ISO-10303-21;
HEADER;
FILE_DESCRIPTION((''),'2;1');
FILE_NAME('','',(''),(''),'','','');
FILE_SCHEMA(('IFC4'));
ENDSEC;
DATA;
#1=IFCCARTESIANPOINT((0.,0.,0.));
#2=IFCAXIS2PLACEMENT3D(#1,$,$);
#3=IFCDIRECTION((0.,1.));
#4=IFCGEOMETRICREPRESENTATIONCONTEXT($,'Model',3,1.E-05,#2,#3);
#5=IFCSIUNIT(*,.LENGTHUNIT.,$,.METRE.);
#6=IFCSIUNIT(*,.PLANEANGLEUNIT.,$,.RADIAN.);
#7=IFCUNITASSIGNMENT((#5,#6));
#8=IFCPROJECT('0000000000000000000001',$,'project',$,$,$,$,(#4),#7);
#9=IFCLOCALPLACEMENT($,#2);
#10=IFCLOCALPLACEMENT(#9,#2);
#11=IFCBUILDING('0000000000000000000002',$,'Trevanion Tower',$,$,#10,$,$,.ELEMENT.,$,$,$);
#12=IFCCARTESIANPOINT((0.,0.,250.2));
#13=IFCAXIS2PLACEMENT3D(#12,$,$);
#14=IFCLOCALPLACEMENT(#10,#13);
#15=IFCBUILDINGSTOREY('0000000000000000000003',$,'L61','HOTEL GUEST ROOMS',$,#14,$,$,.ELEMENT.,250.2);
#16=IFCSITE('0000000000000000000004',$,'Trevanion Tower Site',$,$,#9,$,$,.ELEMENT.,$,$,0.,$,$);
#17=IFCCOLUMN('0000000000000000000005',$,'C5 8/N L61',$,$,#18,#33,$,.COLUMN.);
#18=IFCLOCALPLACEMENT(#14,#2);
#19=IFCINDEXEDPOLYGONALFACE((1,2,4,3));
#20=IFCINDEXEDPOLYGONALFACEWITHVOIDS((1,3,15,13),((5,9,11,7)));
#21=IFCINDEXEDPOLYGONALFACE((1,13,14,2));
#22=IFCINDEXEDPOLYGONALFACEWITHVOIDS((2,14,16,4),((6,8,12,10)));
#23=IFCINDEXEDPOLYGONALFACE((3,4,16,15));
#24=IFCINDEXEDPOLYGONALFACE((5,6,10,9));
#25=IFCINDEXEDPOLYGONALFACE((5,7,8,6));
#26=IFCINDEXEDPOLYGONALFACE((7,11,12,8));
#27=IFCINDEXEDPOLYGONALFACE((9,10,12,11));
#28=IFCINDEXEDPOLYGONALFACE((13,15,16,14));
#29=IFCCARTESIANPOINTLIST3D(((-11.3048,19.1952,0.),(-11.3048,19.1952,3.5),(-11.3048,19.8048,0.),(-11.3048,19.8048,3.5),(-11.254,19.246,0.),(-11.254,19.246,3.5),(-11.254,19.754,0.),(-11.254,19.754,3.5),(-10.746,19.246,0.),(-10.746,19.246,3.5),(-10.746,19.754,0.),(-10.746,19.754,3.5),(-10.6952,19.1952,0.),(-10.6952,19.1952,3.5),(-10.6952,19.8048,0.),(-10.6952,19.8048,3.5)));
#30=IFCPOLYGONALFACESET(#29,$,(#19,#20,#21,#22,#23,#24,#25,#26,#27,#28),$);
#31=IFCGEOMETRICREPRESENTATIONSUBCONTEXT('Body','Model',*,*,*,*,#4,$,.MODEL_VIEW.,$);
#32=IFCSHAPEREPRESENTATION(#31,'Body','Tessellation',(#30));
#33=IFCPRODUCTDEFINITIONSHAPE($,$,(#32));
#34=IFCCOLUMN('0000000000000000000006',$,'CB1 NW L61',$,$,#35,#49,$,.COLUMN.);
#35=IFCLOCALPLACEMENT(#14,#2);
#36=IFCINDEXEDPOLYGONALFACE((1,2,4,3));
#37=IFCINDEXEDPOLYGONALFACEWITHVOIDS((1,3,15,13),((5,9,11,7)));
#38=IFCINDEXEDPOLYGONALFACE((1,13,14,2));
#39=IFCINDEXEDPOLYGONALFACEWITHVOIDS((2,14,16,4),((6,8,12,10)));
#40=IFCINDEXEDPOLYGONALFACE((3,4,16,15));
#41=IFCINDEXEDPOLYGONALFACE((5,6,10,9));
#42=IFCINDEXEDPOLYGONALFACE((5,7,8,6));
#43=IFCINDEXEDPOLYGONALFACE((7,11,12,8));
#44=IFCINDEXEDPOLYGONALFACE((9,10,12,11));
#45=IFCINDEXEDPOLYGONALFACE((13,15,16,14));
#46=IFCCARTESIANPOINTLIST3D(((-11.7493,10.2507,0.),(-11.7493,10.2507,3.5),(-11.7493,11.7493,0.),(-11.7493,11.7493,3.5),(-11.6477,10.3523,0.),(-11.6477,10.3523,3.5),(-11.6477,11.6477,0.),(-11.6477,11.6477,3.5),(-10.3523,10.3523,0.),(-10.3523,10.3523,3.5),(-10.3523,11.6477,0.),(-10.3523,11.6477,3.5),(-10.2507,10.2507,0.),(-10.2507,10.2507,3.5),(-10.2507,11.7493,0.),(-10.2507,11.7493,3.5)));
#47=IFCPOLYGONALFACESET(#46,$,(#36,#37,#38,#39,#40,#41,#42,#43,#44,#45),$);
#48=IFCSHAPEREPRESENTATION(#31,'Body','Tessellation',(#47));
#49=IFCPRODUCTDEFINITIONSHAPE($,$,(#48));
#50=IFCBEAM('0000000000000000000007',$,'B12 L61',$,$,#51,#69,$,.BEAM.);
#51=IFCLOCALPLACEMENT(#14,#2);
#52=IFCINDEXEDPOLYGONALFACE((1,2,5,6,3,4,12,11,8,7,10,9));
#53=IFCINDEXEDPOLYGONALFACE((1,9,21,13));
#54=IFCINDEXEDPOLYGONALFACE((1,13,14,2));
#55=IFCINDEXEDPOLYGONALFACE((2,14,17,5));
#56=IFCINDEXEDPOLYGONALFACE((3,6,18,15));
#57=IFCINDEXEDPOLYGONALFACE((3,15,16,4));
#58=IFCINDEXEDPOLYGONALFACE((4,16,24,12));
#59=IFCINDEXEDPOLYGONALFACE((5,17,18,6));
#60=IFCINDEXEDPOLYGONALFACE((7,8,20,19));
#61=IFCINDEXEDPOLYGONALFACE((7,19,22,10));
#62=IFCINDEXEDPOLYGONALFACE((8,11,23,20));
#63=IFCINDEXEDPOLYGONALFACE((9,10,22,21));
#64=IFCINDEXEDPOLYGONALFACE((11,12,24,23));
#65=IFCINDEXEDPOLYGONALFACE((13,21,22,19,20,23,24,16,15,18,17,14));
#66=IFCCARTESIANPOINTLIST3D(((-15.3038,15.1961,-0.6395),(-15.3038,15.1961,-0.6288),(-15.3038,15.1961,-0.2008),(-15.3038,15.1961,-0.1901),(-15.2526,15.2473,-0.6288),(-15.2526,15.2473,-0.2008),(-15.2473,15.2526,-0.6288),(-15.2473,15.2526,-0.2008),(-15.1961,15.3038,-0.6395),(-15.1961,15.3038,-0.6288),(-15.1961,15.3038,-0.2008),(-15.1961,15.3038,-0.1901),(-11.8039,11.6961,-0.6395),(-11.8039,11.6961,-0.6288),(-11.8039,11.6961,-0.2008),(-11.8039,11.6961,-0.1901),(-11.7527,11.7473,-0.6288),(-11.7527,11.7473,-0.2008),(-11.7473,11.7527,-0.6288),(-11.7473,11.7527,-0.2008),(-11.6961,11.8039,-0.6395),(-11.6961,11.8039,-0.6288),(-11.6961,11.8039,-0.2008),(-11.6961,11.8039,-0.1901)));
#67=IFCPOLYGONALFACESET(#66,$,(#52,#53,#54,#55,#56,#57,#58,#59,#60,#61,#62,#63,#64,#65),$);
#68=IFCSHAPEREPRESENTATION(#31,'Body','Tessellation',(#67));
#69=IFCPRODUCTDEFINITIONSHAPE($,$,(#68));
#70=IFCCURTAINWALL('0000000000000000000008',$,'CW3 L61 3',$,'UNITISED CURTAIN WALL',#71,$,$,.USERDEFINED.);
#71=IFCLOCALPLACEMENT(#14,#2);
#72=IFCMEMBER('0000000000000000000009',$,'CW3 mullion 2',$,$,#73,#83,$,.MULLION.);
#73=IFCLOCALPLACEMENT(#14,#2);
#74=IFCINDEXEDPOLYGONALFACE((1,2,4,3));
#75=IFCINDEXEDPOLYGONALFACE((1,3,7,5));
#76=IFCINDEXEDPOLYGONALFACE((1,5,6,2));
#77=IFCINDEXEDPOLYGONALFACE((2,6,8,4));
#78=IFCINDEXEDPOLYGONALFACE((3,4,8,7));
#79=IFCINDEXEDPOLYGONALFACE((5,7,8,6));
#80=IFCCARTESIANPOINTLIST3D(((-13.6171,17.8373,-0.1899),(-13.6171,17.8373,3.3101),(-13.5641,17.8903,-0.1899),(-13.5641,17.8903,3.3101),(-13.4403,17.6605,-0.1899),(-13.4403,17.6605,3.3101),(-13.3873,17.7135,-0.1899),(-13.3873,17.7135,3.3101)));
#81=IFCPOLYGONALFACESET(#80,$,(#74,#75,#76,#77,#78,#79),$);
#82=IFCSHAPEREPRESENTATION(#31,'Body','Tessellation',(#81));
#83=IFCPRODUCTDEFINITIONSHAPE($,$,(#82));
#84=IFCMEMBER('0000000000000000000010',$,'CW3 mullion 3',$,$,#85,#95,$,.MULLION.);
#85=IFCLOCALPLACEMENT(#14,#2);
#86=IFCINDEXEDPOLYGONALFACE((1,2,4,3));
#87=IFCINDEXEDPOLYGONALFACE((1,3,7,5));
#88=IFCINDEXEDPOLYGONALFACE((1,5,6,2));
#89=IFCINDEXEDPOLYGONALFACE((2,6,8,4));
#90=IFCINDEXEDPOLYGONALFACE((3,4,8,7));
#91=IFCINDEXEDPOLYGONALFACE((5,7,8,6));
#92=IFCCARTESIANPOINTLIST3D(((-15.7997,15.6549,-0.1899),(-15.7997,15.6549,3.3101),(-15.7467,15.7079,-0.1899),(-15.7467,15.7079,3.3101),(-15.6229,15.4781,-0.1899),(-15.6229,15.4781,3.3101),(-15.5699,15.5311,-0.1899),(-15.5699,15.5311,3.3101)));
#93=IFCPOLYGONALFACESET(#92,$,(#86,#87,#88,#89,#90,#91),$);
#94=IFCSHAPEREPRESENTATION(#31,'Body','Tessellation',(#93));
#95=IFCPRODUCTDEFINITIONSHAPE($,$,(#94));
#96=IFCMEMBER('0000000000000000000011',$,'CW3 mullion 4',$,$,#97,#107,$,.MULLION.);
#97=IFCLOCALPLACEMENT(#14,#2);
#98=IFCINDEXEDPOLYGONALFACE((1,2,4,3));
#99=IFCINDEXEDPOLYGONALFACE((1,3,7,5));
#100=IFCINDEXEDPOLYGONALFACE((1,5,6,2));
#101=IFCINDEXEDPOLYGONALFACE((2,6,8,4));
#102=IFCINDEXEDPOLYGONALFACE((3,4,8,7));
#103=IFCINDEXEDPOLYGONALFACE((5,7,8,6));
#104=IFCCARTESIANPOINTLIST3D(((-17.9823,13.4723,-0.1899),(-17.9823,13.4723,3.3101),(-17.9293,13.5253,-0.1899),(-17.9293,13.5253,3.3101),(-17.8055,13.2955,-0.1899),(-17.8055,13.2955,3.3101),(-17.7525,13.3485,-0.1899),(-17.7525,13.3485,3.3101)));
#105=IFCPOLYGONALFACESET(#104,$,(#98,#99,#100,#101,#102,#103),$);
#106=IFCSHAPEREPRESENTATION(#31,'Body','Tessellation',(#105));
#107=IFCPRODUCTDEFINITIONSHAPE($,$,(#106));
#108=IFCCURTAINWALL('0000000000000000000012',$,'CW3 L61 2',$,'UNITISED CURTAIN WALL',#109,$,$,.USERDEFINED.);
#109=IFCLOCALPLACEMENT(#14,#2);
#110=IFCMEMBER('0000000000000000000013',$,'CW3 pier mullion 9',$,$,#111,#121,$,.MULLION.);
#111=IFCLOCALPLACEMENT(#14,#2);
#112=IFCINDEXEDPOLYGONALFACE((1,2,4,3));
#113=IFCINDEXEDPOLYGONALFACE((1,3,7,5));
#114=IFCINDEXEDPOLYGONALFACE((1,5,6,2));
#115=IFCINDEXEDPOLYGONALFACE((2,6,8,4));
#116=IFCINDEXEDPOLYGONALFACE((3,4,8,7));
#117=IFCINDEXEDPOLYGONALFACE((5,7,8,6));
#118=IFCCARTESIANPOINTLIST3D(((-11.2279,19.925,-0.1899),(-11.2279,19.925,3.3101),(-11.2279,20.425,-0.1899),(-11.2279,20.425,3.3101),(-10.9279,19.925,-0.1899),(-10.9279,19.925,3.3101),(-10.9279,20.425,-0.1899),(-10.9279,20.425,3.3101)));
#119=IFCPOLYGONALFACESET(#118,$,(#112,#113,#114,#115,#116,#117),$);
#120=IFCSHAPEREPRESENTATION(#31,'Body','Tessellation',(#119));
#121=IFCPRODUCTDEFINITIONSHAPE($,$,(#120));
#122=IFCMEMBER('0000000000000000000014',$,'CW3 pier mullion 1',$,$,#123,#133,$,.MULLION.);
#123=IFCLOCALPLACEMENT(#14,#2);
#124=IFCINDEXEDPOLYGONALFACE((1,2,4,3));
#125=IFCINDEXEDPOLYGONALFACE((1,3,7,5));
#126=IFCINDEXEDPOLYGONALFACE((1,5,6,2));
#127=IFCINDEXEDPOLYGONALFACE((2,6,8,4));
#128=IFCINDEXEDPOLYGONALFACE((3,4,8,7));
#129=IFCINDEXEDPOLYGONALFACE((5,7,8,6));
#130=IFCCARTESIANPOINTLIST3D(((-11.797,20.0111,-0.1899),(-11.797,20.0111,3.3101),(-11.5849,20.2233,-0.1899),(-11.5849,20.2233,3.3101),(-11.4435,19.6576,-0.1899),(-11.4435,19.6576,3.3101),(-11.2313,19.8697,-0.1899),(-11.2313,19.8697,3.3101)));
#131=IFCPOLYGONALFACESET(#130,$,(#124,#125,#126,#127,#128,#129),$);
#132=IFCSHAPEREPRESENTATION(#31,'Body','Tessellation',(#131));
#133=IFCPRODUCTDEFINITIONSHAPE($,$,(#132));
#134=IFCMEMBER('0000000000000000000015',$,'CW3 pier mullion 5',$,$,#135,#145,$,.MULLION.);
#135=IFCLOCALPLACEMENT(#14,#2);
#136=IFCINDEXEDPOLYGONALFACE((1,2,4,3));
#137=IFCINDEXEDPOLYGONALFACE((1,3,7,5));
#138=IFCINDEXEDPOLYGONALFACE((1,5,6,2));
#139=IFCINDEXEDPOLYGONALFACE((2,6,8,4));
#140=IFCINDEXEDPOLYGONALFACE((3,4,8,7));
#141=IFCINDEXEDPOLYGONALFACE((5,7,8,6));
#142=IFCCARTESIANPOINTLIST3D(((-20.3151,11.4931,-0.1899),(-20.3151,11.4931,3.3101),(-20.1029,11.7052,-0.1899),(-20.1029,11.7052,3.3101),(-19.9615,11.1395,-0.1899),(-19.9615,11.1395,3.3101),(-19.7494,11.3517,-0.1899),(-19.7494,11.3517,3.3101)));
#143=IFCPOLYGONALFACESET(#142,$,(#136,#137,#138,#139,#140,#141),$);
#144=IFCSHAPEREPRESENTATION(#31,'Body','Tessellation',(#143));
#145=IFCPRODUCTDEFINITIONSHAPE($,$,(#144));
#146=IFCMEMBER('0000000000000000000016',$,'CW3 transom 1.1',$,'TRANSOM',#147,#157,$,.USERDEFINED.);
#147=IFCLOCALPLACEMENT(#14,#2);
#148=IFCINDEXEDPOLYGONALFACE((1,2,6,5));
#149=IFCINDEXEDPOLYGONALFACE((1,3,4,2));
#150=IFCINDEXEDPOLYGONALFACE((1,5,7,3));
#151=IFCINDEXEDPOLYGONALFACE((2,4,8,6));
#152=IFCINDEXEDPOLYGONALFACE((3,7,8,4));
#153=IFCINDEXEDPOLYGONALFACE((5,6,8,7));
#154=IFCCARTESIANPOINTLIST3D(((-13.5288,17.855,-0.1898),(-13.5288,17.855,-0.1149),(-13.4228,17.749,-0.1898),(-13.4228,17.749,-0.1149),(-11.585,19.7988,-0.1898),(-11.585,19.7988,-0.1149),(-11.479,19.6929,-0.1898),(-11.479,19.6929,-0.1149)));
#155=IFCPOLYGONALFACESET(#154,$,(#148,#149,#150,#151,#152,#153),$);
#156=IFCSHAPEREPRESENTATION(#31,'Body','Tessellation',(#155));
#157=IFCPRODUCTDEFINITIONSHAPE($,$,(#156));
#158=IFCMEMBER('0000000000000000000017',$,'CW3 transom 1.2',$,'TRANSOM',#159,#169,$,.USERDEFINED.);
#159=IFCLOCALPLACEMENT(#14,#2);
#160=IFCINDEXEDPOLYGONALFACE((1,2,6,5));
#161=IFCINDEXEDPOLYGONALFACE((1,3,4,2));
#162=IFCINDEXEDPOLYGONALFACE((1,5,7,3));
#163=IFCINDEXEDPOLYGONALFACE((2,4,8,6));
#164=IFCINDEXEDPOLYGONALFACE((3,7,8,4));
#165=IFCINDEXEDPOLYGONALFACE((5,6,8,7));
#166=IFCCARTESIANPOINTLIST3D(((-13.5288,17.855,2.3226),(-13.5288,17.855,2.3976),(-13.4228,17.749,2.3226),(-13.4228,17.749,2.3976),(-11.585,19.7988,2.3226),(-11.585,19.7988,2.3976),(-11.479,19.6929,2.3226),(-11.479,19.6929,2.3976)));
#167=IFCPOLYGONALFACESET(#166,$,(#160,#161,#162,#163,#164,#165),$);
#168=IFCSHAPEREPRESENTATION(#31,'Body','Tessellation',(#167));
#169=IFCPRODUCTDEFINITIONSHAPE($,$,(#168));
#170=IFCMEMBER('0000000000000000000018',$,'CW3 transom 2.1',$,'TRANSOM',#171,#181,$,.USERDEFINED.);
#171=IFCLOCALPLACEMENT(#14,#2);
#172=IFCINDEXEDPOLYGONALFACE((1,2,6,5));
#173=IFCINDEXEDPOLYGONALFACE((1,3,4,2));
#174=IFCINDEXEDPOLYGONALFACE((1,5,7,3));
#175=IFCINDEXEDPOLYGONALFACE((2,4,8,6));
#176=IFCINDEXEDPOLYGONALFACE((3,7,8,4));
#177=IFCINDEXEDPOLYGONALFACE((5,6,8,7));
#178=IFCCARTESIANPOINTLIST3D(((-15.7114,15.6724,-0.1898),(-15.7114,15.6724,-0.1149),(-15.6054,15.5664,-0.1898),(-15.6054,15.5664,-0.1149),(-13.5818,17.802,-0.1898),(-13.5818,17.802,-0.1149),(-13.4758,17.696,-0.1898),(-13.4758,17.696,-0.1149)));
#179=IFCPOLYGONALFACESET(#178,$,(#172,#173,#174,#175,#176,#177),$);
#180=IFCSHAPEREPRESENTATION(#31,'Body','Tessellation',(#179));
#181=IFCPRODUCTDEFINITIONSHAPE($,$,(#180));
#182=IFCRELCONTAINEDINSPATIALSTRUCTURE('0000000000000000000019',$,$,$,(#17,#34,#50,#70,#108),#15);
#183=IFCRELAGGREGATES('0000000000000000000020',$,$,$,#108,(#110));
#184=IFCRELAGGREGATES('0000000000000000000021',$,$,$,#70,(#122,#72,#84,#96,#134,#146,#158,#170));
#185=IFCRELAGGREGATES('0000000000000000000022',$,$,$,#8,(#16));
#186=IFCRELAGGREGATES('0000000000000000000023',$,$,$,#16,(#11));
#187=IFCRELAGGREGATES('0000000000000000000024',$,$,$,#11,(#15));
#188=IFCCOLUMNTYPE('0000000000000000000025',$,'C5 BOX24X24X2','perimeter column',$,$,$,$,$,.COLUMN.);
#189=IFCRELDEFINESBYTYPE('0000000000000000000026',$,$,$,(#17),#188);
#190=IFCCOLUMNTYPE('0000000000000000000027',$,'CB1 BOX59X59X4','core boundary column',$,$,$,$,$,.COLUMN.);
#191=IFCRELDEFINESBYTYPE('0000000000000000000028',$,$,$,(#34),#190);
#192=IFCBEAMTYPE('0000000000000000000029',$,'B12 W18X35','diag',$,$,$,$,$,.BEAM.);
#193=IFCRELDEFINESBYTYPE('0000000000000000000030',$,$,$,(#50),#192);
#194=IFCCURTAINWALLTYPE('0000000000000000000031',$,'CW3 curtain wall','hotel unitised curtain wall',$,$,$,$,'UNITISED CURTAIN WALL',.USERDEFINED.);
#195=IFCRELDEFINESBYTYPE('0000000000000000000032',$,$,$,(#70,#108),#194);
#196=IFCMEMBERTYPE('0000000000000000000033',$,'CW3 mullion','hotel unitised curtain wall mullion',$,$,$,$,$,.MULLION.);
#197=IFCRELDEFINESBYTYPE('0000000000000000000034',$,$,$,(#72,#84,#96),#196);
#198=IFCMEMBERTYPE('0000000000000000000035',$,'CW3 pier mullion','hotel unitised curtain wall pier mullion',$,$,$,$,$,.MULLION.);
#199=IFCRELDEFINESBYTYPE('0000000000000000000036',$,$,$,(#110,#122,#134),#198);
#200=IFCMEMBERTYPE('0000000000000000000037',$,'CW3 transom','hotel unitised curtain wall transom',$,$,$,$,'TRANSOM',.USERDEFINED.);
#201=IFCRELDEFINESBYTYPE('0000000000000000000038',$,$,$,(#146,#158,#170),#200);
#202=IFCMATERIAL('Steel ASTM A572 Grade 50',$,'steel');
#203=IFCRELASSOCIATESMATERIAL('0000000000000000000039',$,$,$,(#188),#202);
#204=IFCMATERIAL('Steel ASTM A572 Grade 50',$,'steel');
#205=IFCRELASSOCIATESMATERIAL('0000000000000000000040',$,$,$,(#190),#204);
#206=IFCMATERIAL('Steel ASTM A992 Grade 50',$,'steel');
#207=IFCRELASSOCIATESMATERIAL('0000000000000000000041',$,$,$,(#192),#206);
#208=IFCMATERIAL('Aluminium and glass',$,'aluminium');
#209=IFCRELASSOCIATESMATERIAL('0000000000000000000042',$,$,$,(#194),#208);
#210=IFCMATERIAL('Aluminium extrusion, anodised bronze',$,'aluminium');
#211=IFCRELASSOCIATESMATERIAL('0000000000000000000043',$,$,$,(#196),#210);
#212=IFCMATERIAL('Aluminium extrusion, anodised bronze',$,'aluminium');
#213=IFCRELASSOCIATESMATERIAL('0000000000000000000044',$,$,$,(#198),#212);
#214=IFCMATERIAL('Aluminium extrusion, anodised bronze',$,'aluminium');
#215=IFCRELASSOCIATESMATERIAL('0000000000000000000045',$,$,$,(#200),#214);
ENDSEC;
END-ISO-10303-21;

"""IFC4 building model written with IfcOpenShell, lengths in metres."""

from ifc_helpers import new_model, si_unit, direction, frame, origin, origin_2d, place, context, subcontext, project, spatial, rectangle, hollow_rectangle, i_section, extrude, material, material_profile, profile_set, type_object, element, aggregate, save


model = new_model("IFC4")

# Units and contexts
model_context = context("Model", 3, precision=1e-05, world=origin(), true_north=direction((0.0, 1.0)))
body_context = subcontext(model_context, "Body", "Model", "MODEL_VIEW")
ifc_project = project(units=[si_unit("LENGTHUNIT", "METRE"), si_unit("PLANEANGLEUNIT", "RADIAN")], contexts=[model_context])

# Site, building, storey
site_placement = place(None, origin())
site = spatial("IfcSite", under=ifc_project, at=site_placement, Name="Trevanion Tower Site", CompositionType="ELEMENT", RefElevation=0.0)
building_placement = place(site_placement, origin())
building = spatial("IfcBuilding", under=site, at=building_placement, Name="Trevanion Tower", CompositionType="ELEMENT")
storey_placement = place(building_placement, frame((0.0, 0.0, 250.2)))
storey = spatial("IfcBuildingStorey", under=building, at=storey_placement, Name="L61", Description="HOTEL GUEST ROOMS", CompositionType="ELEMENT", Elevation=250.2)

# Columns
ifc_material_1 = material(Name="Steel ASTM A572 Grade 50", Category="steel")
ifc_material_profile_1 = material_profile(ifc_material_1, hollow_rectangle(XDim=0.6096, YDim=0.6096, WallThickness=0.0508, at=origin_2d()), Name="BOX24X24X2")
ifc_profile_set_1 = profile_set([ifc_material_profile_1], Name="Steel ASTM A572 Grade 50")
column_type_1 = type_object("IfcColumnType", Name="C5 BOX24X24X2", Description="perimeter column", PredefinedType="COLUMN", material=ifc_profile_set_1)
column_1_placement = place(storey_placement, frame((-11.0, 19.5, 0.0), z_axis=(0.0, 0.0, 1.0), x_axis=(1.0, 0.0, 0.0)))
element("IfcColumn", 1, at=column_1_placement, inside=storey, type_object=column_type_1, Name="C5 8/N L61", PredefinedType="COLUMN", context=body_context, shape_type="SweptSolid", body=[
    extrude(hollow_rectangle(XDim=0.6096, YDim=0.6096, WallThickness=0.0508, at=origin_2d()), origin(), (0.0, 0.0, 1.0), 3.5),
])
ifc_material_2 = material(Name="Steel ASTM A572 Grade 50", Category="steel")
ifc_material_profile_2 = material_profile(ifc_material_2, hollow_rectangle(XDim=1.4985, YDim=1.4985, WallThickness=0.1016, at=origin_2d()), Name="BOX59X59X4")
ifc_profile_set_2 = profile_set([ifc_material_profile_2], Name="Steel ASTM A572 Grade 50")
column_type_2 = type_object("IfcColumnType", Name="CB1 BOX59X59X4", Description="core boundary column", PredefinedType="COLUMN", material=ifc_profile_set_2)
column_2_placement = place(storey_placement, frame((-11.0, 11.0, 0.0), z_axis=(0.0, 0.0, 1.0), x_axis=(1.0, 0.0, 0.0)))
element("IfcColumn", 2, at=column_2_placement, inside=storey, type_object=column_type_2, Name="CB1 NW L61", PredefinedType="COLUMN", context=body_context, shape_type="SweptSolid", body=[
    extrude(hollow_rectangle(XDim=1.4985, YDim=1.4985, WallThickness=0.1016, at=origin_2d()), origin(), (0.0, 0.0, 1.0), 3.5),
])

# Beam
ifc_material_3 = material(Name="Steel ASTM A992 Grade 50", Category="steel")
ifc_material_profile_3 = material_profile(ifc_material_3, i_section(OverallWidth=0.1523, OverallDepth=0.4495, WebThickness=0.0076, FlangeThickness=0.0107, at=origin_2d()), Name="W18X35")
ifc_profile_set_3 = profile_set([ifc_material_profile_3], Name="Steel ASTM A992 Grade 50")
beam_type_1 = type_object("IfcBeamType", Name="B12 W18X35", Description="diag", PredefinedType="BEAM", material=ifc_profile_set_3)
beam_1_placement = place(storey_placement, frame((-11.75, 11.75, -0.4148), z_axis=(-0.707107, 0.707107, 0.0), x_axis=(-0.707107, -0.707107, 0.0)))
element("IfcBeam", 3, at=beam_1_placement, inside=storey, type_object=beam_type_1, Name="B12 L61", PredefinedType="BEAM", context=body_context, shape_type="SweptSolid", body=[
    extrude(i_section(OverallWidth=0.1523, OverallDepth=0.4495, WebThickness=0.0076, FlangeThickness=0.0107, at=origin_2d()), origin(), (0.0, 0.0, 1.0), 4.9497),
])

# Curtain wall, members
ifc_material_4 = material(Name="Aluminium and glass", Category="aluminium")
curtain_wall_type = type_object("IfcCurtainWallType", Name="CW3 curtain wall", Description="hotel unitised curtain wall", ElementType="UNITISED CURTAIN WALL", PredefinedType="USERDEFINED", material=ifc_material_4)
curtain_wall_1_placement = place(storey_placement, origin())
curtain_wall_1 = element("IfcCurtainWall", 4, at=curtain_wall_1_placement, inside=storey, type_object=curtain_wall_type, Name="CW3 L61 3", ObjectType="UNITISED CURTAIN WALL", PredefinedType="USERDEFINED")
ifc_material_5 = material(Name="Aluminium extrusion, anodised bronze", Category="aluminium")
ifc_material_profile_4 = material_profile(ifc_material_5, rectangle(XDim=0.075, YDim=0.25, at=origin_2d()), Name="CW3 mullion")
ifc_profile_set_4 = profile_set([ifc_material_profile_4], Name="Aluminium extrusion, anodised bronze")
member_type_1 = type_object("IfcMemberType", Name="CW3 mullion", Description="hotel unitised curtain wall mullion", PredefinedType="MULLION", material=ifc_profile_set_4)
member_1_placement = place(storey_placement, frame((-13.5022, 17.7754, -0.1899), z_axis=(0.0, 0.0, 1.0), x_axis=(-0.707107, -0.707107, 0.0)))
member_1 = element("IfcMember", 5, at=member_1_placement, type_object=member_type_1, Name="CW3 mullion 2", PredefinedType="MULLION", context=body_context, shape_type="SweptSolid", body=[
    extrude(rectangle(XDim=0.075, YDim=0.25, at=origin_2d()), origin(), (0.0, 0.0, 1.0), 3.5),
])
member_2_placement = place(storey_placement, frame((-15.6848, 15.593, -0.1899), z_axis=(0.0, 0.0, 1.0), x_axis=(-0.707107, -0.707107, 0.0)))
member_2 = element("IfcMember", 6, at=member_2_placement, type_object=member_type_1, Name="CW3 mullion 3", PredefinedType="MULLION", context=body_context, shape_type="SweptSolid", body=[
    extrude(rectangle(XDim=0.075, YDim=0.25, at=origin_2d()), origin(), (0.0, 0.0, 1.0), 3.5),
])
member_3_placement = place(storey_placement, frame((-17.8674, 13.4104, -0.1899), z_axis=(0.0, 0.0, 1.0), x_axis=(-0.707107, -0.707107, 0.0)))
member_3 = element("IfcMember", 7, at=member_3_placement, type_object=member_type_1, Name="CW3 mullion 4", PredefinedType="MULLION", context=body_context, shape_type="SweptSolid", body=[
    extrude(rectangle(XDim=0.075, YDim=0.25, at=origin_2d()), origin(), (0.0, 0.0, 1.0), 3.5),
])

# Curtain wall, member
curtain_wall_2_placement = place(storey_placement, origin())
curtain_wall_2 = element("IfcCurtainWall", 8, at=curtain_wall_2_placement, inside=storey, type_object=curtain_wall_type, Name="CW3 L61 2", ObjectType="UNITISED CURTAIN WALL", PredefinedType="USERDEFINED")
ifc_material_6 = material(Name="Aluminium extrusion, anodised bronze", Category="aluminium")
ifc_material_profile_5 = material_profile(ifc_material_6, rectangle(XDim=0.3, YDim=0.5, at=origin_2d()), Name="CW3 pier mullion")
ifc_profile_set_5 = profile_set([ifc_material_profile_5], Name="Aluminium extrusion, anodised bronze")
member_type_2 = type_object("IfcMemberType", Name="CW3 pier mullion", Description="hotel unitised curtain wall pier mullion", PredefinedType="MULLION", material=ifc_profile_set_5)
member_4_placement = place(storey_placement, frame((-11.0779, 20.175, -0.1899), z_axis=(0.0, 0.0, 1.0), x_axis=(-1.0, 0.0, 0.0)))
member_4 = element("IfcMember", 9, at=member_4_placement, type_object=member_type_2, Name="CW3 pier mullion 9", PredefinedType="MULLION", context=body_context, shape_type="SweptSolid", body=[
    extrude(rectangle(XDim=0.3, YDim=0.5, at=origin_2d()), origin(), (0.0, 0.0, 1.0), 3.5),
])
aggregate(curtain_wall_2, [member_4])

# Members
member_5_placement = place(storey_placement, frame((-11.5142, 19.9404, -0.1899), z_axis=(0.0, 0.0, 1.0), x_axis=(-0.707107, -0.707107, 0.0)))
member_5 = element("IfcMember", 10, at=member_5_placement, type_object=member_type_2, Name="CW3 pier mullion 1", PredefinedType="MULLION", context=body_context, shape_type="SweptSolid", body=[
    extrude(rectangle(XDim=0.3, YDim=0.5, at=origin_2d()), origin(), (0.0, 0.0, 1.0), 3.5),
])
member_6_placement = place(storey_placement, frame((-20.0322, 11.4224, -0.1899), z_axis=(0.0, 0.0, 1.0), x_axis=(-0.707107, -0.707107, 0.0)))
member_6 = element("IfcMember", 11, at=member_6_placement, type_object=member_type_2, Name="CW3 pier mullion 5", PredefinedType="MULLION", context=body_context, shape_type="SweptSolid", body=[
    extrude(rectangle(XDim=0.3, YDim=0.5, at=origin_2d()), origin(), (0.0, 0.0, 1.0), 3.5),
])
ifc_material_7 = material(Name="Aluminium extrusion, anodised bronze", Category="aluminium")
ifc_material_profile_6 = material_profile(ifc_material_7, rectangle(XDim=0.1499, YDim=0.075, at=origin_2d()), Name="CW3 transom")
ifc_profile_set_6 = profile_set([ifc_material_profile_6], Name="Aluminium extrusion, anodised bronze")
member_type_3 = type_object("IfcMemberType", Name="CW3 transom", Description="hotel unitised curtain wall transom", ElementType="TRANSOM", PredefinedType="USERDEFINED", material=ifc_profile_set_6)
member_7_placement = place(storey_placement, frame((-11.532, 19.7458, -0.1523), z_axis=(-0.707107, -0.707107, 0.0), x_axis=(0.707107, -0.707107, 0.0)))
member_7 = element("IfcMember", 12, at=member_7_placement, type_object=member_type_3, Name="CW3 transom 1.1", ObjectType="TRANSOM", PredefinedType="USERDEFINED", context=body_context, shape_type="SweptSolid", body=[
    extrude(rectangle(XDim=0.1499, YDim=0.075, at=origin_2d()), origin(), (0.0, 0.0, 1.0), 2.749),
])
member_8_placement = place(storey_placement, frame((-11.532, 19.7458, 2.3601), z_axis=(-0.707107, -0.707107, 0.0), x_axis=(0.707107, -0.707107, 0.0)))
member_8 = element("IfcMember", 13, at=member_8_placement, type_object=member_type_3, Name="CW3 transom 1.2", ObjectType="TRANSOM", PredefinedType="USERDEFINED", context=body_context, shape_type="SweptSolid", body=[
    extrude(rectangle(XDim=0.1499, YDim=0.075, at=origin_2d()), origin(), (0.0, 0.0, 1.0), 2.749),
])
member_9_placement = place(storey_placement, frame((-13.5288, 17.749, -0.1523), z_axis=(-0.707107, -0.707107, 0.0), x_axis=(0.707107, -0.707107, 0.0)))
member_9 = element("IfcMember", 14, at=member_9_placement, type_object=member_type_3, Name="CW3 transom 2.1", ObjectType="TRANSOM", PredefinedType="USERDEFINED", context=body_context, shape_type="SweptSolid", body=[
    extrude(rectangle(XDim=0.1499, YDim=0.075, at=origin_2d()), origin(), (0.0, 0.0, 1.0), 3.0117),
])

aggregate(curtain_wall_1, [member_5, member_1, member_2, member_3, member_6, member_7, member_8, member_9])

save(model, "model.ifc")
